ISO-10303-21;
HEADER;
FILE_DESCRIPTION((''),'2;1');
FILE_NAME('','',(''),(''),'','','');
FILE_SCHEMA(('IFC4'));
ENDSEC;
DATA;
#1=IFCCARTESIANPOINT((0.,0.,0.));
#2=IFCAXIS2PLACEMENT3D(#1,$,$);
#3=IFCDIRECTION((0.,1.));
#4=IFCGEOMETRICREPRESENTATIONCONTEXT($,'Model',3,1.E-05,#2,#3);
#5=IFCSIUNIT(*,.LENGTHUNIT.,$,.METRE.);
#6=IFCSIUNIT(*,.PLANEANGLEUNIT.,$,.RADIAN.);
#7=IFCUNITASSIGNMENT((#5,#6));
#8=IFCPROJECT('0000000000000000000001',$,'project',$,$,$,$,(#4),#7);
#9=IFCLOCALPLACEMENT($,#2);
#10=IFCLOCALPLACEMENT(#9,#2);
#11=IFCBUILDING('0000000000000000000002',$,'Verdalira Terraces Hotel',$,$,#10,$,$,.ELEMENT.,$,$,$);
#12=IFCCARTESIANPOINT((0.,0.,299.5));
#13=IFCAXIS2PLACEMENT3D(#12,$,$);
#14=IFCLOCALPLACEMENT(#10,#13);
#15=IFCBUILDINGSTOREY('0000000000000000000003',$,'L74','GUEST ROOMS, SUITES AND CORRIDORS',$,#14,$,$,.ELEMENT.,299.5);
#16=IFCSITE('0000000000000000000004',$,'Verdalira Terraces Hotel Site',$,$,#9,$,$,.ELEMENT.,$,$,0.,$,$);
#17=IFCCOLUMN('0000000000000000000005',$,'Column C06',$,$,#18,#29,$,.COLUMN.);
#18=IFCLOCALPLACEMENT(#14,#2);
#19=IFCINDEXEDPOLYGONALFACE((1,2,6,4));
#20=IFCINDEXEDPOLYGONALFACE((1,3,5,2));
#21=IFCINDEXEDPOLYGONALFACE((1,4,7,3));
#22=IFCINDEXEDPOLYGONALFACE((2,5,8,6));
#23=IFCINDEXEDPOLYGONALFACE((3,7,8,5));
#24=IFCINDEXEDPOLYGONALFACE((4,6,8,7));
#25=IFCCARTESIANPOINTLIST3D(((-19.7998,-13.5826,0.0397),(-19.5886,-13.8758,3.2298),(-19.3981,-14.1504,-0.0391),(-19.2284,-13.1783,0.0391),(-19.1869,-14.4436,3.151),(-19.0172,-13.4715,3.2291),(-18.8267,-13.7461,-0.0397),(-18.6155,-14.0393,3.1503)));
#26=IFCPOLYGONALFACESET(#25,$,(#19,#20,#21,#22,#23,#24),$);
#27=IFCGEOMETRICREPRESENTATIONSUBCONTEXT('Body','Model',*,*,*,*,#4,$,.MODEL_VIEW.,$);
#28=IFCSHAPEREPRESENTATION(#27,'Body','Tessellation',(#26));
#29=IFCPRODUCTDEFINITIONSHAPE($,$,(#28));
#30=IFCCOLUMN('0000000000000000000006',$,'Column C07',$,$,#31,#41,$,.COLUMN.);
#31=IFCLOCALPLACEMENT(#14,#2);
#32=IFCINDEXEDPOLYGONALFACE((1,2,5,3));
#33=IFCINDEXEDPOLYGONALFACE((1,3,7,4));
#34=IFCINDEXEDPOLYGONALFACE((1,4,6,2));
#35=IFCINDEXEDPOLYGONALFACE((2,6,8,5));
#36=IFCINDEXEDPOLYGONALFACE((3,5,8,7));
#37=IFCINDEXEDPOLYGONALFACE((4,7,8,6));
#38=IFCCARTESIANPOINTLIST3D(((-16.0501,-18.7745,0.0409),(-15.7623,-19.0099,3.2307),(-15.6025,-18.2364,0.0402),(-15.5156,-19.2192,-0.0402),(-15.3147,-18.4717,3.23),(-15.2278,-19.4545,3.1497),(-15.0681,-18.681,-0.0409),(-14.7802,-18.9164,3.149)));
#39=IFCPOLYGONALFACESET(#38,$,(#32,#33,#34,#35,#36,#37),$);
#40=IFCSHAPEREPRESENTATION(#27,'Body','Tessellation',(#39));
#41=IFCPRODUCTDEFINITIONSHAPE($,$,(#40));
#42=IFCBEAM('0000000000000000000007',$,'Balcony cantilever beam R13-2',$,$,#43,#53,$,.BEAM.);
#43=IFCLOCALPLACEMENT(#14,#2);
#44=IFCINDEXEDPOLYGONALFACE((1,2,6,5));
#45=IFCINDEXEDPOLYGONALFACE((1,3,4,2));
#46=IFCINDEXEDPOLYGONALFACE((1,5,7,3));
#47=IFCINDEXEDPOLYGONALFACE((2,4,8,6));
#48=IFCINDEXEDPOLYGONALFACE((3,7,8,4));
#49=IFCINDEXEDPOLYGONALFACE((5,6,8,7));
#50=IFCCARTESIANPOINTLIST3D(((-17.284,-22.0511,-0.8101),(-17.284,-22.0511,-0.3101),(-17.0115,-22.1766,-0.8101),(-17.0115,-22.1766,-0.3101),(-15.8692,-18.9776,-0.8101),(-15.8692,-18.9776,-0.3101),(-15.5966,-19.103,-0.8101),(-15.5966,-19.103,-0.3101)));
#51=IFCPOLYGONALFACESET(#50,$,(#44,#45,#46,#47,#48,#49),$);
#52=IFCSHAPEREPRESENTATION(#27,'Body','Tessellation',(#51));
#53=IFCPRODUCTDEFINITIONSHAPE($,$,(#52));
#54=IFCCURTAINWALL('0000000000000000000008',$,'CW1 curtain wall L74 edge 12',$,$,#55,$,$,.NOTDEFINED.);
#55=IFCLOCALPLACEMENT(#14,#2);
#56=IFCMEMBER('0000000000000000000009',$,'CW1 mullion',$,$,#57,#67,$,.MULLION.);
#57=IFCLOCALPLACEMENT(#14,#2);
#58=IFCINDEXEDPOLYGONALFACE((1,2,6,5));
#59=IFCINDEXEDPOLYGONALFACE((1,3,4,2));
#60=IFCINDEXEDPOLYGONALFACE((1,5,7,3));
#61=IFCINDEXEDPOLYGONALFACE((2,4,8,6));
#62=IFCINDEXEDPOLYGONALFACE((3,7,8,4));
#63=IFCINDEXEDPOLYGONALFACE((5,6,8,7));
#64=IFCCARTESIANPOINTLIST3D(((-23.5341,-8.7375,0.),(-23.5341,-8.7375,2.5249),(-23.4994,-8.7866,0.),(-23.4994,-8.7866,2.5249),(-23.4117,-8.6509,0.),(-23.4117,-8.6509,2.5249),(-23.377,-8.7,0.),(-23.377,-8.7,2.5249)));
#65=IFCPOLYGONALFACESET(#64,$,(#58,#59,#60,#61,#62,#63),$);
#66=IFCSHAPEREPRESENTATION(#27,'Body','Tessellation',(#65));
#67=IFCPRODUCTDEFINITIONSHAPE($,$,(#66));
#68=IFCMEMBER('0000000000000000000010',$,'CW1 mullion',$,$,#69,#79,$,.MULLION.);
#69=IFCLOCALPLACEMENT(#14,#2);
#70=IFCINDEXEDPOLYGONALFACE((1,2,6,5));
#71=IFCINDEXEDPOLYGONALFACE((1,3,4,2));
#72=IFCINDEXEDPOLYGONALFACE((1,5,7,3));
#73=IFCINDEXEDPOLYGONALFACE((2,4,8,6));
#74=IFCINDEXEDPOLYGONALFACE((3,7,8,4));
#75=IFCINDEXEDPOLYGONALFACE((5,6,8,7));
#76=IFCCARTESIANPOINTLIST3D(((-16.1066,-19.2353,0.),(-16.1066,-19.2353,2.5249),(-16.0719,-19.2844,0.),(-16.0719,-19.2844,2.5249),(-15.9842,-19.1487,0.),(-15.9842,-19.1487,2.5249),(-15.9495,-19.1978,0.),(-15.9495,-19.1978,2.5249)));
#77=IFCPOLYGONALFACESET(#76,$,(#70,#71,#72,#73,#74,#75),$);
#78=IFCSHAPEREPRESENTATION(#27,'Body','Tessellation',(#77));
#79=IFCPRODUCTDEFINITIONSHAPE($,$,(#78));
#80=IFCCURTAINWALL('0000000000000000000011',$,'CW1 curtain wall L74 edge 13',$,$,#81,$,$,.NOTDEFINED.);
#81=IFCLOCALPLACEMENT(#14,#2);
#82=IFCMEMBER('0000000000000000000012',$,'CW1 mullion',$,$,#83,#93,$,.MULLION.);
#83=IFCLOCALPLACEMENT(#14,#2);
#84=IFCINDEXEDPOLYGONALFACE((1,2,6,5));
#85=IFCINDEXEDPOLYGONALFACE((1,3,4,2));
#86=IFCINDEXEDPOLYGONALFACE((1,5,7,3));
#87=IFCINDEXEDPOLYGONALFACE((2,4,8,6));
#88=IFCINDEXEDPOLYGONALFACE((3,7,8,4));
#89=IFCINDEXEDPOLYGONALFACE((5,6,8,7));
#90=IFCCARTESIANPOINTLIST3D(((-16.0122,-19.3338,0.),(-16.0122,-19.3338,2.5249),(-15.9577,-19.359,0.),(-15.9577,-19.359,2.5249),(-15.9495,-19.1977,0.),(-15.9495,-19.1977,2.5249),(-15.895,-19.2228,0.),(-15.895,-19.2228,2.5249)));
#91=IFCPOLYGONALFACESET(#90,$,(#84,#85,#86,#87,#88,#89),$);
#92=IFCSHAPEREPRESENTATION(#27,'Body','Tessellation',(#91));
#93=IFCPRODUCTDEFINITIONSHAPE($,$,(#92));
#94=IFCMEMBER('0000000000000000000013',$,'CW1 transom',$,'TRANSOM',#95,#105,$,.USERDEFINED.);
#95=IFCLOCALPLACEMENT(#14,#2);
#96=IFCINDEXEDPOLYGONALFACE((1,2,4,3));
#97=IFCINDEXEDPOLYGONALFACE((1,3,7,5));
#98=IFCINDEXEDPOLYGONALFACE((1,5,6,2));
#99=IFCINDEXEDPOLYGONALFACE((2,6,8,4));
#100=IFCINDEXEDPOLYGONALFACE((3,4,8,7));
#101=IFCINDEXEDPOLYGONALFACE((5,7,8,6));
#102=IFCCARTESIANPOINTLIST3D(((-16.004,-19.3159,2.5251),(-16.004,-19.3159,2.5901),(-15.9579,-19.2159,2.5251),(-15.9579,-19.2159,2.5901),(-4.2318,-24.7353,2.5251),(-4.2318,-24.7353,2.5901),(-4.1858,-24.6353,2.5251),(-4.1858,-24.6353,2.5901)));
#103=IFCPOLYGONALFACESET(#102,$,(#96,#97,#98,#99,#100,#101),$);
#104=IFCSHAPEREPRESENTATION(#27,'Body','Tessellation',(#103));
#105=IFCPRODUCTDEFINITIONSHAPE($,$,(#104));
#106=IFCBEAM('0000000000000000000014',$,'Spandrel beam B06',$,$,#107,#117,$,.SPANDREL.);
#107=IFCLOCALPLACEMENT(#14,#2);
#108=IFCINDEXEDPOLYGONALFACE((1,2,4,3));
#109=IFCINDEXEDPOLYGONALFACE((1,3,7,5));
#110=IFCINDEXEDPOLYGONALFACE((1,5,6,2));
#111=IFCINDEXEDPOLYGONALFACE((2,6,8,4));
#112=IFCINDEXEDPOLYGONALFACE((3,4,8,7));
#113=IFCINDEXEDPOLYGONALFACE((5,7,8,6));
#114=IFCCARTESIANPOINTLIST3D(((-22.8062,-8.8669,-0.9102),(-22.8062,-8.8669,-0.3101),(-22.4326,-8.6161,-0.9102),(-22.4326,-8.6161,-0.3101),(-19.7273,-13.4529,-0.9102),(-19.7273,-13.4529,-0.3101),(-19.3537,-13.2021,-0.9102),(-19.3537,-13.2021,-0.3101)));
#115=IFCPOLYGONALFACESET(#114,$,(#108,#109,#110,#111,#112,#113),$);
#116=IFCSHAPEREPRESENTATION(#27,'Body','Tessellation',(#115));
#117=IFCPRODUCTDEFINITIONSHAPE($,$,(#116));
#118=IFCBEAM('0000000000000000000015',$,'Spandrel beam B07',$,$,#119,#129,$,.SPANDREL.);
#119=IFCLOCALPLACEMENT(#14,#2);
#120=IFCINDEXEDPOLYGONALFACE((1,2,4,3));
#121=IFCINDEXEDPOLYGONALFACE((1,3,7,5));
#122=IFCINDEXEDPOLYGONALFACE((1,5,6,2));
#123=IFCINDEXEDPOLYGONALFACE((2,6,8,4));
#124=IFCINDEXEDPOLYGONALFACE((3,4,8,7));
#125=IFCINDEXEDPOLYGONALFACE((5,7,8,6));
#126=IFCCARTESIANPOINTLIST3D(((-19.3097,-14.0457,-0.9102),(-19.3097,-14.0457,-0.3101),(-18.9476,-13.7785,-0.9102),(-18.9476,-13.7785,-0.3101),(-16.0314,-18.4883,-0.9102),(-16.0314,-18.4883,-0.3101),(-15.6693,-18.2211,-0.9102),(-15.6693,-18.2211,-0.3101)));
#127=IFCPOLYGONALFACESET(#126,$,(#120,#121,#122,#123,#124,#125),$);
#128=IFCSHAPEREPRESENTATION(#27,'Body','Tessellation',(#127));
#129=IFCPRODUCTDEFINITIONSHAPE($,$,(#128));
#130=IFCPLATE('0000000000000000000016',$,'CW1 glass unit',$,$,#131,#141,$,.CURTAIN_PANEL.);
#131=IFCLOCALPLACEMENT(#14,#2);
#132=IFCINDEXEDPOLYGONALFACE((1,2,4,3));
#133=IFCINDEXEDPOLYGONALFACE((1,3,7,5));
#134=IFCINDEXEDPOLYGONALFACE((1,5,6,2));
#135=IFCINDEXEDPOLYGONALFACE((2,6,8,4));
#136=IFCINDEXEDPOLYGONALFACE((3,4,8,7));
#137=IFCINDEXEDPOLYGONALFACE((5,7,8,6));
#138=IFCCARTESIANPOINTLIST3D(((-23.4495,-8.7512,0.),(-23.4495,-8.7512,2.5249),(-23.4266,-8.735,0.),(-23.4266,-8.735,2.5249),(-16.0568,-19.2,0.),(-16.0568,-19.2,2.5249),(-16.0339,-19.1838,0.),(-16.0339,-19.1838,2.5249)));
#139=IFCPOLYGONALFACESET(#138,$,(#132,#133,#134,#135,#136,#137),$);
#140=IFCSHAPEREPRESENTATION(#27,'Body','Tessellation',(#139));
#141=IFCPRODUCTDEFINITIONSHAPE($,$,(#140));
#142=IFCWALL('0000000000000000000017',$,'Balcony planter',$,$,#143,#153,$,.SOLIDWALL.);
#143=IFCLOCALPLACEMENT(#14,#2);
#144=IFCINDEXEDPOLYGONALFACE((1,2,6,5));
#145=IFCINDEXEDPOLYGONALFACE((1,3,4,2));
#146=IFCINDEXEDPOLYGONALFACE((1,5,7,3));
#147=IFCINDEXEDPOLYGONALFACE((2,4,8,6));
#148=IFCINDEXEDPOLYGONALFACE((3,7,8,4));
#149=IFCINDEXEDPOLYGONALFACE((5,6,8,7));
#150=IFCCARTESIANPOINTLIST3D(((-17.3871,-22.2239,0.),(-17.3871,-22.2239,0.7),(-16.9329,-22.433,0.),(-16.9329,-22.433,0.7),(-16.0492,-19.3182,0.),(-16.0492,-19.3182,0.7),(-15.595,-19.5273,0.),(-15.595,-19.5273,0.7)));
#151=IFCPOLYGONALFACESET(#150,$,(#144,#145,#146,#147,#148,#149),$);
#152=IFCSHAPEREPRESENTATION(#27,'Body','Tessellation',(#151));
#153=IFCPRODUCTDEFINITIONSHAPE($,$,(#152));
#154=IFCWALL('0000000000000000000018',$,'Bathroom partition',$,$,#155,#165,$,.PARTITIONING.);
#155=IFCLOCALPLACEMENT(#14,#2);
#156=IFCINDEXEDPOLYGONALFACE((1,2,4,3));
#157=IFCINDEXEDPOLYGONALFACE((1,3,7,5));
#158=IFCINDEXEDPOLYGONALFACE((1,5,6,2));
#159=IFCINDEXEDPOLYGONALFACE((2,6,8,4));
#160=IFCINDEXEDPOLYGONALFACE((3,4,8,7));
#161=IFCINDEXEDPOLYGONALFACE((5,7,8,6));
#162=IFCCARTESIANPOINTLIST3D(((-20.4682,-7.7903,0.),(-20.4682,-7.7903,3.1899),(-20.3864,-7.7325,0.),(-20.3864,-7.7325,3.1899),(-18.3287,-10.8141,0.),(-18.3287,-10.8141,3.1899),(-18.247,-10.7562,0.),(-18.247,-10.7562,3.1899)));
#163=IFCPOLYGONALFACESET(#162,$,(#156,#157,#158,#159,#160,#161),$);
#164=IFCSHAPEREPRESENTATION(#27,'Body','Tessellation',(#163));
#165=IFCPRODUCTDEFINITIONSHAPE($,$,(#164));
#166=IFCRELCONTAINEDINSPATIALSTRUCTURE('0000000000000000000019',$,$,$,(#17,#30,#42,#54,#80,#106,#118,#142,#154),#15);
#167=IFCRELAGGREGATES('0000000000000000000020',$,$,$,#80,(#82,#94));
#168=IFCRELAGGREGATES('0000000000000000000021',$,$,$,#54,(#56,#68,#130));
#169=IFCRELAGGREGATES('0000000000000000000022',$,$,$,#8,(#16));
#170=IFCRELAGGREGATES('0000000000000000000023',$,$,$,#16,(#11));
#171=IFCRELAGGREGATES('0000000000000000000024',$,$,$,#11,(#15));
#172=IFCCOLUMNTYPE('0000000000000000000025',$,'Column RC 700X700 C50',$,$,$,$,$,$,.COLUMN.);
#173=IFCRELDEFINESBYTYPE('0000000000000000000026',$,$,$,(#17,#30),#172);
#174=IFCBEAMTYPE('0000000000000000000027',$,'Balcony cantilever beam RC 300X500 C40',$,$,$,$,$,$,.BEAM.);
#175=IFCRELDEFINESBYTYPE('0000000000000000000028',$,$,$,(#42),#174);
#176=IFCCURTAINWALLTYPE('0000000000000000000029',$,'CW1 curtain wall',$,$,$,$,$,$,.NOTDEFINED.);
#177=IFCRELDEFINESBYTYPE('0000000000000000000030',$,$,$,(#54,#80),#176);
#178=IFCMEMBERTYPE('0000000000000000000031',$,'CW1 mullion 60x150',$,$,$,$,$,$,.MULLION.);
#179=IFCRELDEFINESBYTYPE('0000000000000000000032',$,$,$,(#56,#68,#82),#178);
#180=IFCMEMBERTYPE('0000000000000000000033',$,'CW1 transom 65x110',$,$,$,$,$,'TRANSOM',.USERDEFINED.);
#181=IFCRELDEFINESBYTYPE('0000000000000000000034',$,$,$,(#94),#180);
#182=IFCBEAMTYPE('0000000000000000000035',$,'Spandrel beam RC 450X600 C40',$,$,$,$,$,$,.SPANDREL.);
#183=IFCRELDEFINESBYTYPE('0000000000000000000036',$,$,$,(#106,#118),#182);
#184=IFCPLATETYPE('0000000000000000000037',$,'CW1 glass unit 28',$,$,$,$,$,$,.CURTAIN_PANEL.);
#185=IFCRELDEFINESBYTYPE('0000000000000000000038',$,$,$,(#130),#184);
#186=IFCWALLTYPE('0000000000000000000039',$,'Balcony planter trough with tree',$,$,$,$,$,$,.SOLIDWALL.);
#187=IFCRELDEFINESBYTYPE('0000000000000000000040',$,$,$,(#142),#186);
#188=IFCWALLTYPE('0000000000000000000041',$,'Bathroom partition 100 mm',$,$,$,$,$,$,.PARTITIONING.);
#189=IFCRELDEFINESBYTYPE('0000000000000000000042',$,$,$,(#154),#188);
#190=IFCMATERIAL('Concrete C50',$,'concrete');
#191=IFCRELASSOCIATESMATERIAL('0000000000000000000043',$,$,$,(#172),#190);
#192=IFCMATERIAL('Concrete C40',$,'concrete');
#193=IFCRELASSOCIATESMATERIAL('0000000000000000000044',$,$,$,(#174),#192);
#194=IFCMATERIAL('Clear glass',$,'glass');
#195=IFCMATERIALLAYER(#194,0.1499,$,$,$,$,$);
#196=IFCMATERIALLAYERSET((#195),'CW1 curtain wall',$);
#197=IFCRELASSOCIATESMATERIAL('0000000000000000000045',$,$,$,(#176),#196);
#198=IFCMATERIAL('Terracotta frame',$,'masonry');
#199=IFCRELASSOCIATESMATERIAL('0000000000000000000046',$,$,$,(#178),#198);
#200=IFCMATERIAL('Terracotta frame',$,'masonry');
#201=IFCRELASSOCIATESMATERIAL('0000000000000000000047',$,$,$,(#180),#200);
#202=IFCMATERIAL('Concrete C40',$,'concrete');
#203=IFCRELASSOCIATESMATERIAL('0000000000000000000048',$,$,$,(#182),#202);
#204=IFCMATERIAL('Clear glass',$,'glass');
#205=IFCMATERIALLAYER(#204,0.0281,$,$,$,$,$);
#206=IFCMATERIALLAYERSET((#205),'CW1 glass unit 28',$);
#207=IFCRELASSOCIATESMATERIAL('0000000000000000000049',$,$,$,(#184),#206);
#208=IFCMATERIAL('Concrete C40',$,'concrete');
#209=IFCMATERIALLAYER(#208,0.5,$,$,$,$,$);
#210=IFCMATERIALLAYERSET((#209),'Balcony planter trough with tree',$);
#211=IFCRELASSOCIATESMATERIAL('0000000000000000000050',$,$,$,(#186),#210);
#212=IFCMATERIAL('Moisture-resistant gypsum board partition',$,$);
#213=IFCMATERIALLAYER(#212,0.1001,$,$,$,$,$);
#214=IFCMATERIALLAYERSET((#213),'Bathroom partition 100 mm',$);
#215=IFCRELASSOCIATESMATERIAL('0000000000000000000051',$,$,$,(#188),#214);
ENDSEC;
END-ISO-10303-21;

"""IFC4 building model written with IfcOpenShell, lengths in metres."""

from ifc_helpers import new_model, si_unit, direction, frame, frame_2d, origin, origin_2d, place, context, subcontext, project, spatial, rectangle, extrude, material, layer, layer_set, material_profile, profile_set, type_object, element, aggregate, save


model = new_model("IFC4")

# Units and contexts
model_context = context("Model", 3, precision=1e-05, world=origin(), true_north=direction((0.0, 1.0)))
body_context = subcontext(model_context, "Body", "Model", "MODEL_VIEW")
ifc_project = project(units=[si_unit("LENGTHUNIT", "METRE"), si_unit("PLANEANGLEUNIT", "RADIAN")], contexts=[model_context])

# Site, building, storey
site_placement = place(None, origin())
site = spatial("IfcSite", under=ifc_project, at=site_placement, Name="Verdalira Terraces Hotel Site", CompositionType="ELEMENT", RefElevation=0.0)
building_placement = place(site_placement, origin())
building = spatial("IfcBuilding", under=site, at=building_placement, Name="Verdalira Terraces Hotel", CompositionType="ELEMENT")
storey_placement = place(building_placement, frame((0.0, 0.0, 299.5)))
storey = spatial("IfcBuildingStorey", under=building, at=storey_placement, Name="L74", Description="GUEST ROOMS, SUITES AND CORRIDORS", CompositionType="ELEMENT", Elevation=299.5)

# Columns
ifc_material_1 = material(Name="Concrete C50", Category="concrete")
ifc_material_profile_1 = material_profile(ifc_material_1, rectangle(XDim=0.7, YDim=0.7, at=origin_2d()), Name="RC 700X700")
ifc_profile_set_1 = profile_set([ifc_material_profile_1], Name="Concrete C50")
column_type = type_object("IfcColumnType", Name="Column RC 700X700 C50", PredefinedType="COLUMN", material=ifc_profile_set_1)
column_1_placement = place(storey_placement, frame((-19.3132, -13.6643, 0.0), z_axis=(0.065782, -0.091334, 0.993645), x_axis=(0.573853, -0.811187, -0.112553)))
element("IfcColumn", 1, at=column_1_placement, inside=storey, type_object=column_type, Name="Column C06", PredefinedType="COLUMN", context=body_context, shape_type="SweptSolid", body=[
    extrude(rectangle(XDim=0.7, YDim=0.7, at=origin_2d()), origin(), (0.0, 0.0, 1.0), 3.2104),
])
column_2_placement = place(storey_placement, frame((-15.5591, -18.7278, 0.0), z_axis=(0.089627, -0.073283, 0.993276), x_axis=(-0.763591, 0.635237, 0.115769)))
element("IfcColumn", 2, at=column_2_placement, inside=storey, type_object=column_type, Name="Column C07", PredefinedType="COLUMN", context=body_context, shape_type="SweptSolid", body=[
    extrude(rectangle(XDim=0.7, YDim=0.7, at=origin_2d()), origin(), (0.0, 0.0, 1.0), 3.2114),
])

# Beam
ifc_material_2 = material(Name="Concrete C40", Category="concrete")
ifc_material_profile_2 = material_profile(ifc_material_2, rectangle(XDim=0.3, YDim=0.5, at=origin_2d()), Name="RC 300X500")
ifc_profile_set_2 = profile_set([ifc_material_profile_2], Name="Concrete C40")
beam_type_1 = type_object("IfcBeamType", Name="Balcony cantilever beam RC 300X500 C40", PredefinedType="BEAM", material=ifc_profile_set_2)
beam_1_placement = place(storey_placement, frame((-15.7329, -19.0403, -0.5601), z_axis=(-0.418147, -0.908379, 0.0), x_axis=(0.908379, -0.418147, 0.0)))
element("IfcBeam", 3, at=beam_1_placement, inside=storey, type_object=beam_type_1, Name="Balcony cantilever beam R13-2", PredefinedType="BEAM", context=body_context, shape_type="SweptSolid", body=[
    extrude(rectangle(XDim=0.3, YDim=0.5, at=origin_2d()), origin(), (0.0, 0.0, 1.0), 3.3835),
])

# Curtain walls, members
ifc_material_3 = material(Name="Clear glass", Category="glass")
ifc_layer_1 = layer(ifc_material_3, 0.1499)
ifc_layer_set_1 = layer_set([ifc_layer_1], Name="CW1 curtain wall")
curtain_wall_type = type_object("IfcCurtainWallType", Name="CW1 curtain wall", PredefinedType="NOTDEFINED", material=ifc_layer_set_1)
curtain_wall_1_placement = place(storey_placement, origin())
curtain_wall_1 = element("IfcCurtainWall", 4, at=curtain_wall_1_placement, inside=storey, type_object=curtain_wall_type, Name="CW1 curtain wall L74 edge 12", PredefinedType="NOTDEFINED")
ifc_material_4 = material(Name="Terracotta frame", Category="masonry")
ifc_material_profile_3 = material_profile(ifc_material_4, rectangle(XDim=0.0601, YDim=0.1499, at=origin_2d()), Name="MU 60x150")
ifc_profile_set_3 = profile_set([ifc_material_profile_3], Name="Terracotta frame")
member_type_1 = type_object("IfcMemberType", Name="CW1 mullion 60x150", PredefinedType="MULLION", material=ifc_profile_set_3)
member_1_placement = place(storey_placement, frame((-23.4556, -8.7188, 0.0), z_axis=(0.0, 0.0, 1.0), x_axis=(0.577573, -0.816339, 0.0)))
member_1 = element("IfcMember", 5, at=member_1_placement, type_object=member_type_1, Name="CW1 mullion", PredefinedType="MULLION", context=body_context, shape_type="SweptSolid", body=[
    extrude(rectangle(XDim=0.0601, YDim=0.1499, at=origin_2d()), origin(), (0.0, 0.0, 1.0), 2.5249),
])
member_2_placement = place(storey_placement, frame((-16.0281, -19.2166, 0.0), z_axis=(0.0, 0.0, 1.0), x_axis=(0.577573, -0.816339, 0.0)))
member_2 = element("IfcMember", 6, at=member_2_placement, type_object=member_type_1, Name="CW1 mullion", PredefinedType="MULLION", context=body_context, shape_type="SweptSolid", body=[
    extrude(rectangle(XDim=0.0601, YDim=0.1499, at=origin_2d()), origin(), (0.0, 0.0, 1.0), 2.5249),
])
curtain_wall_2_placement = place(storey_placement, origin())
curtain_wall_2 = element("IfcCurtainWall", 7, at=curtain_wall_2_placement, inside=storey, type_object=curtain_wall_type, Name="CW1 curtain wall L74 edge 13", PredefinedType="NOTDEFINED")
member_3_placement = place(storey_placement, frame((-15.9536, -19.2783, 0.0), z_axis=(0.0, 0.0, 1.0), x_axis=(0.908362, -0.418184, 0.0)))
member_3 = element("IfcMember", 8, at=member_3_placement, type_object=member_type_1, Name="CW1 mullion", PredefinedType="MULLION", context=body_context, shape_type="SweptSolid", body=[
    extrude(rectangle(XDim=0.0601, YDim=0.1499, at=origin_2d()), origin(), (0.0, 0.0, 1.0), 2.5249),
])
ifc_material_5 = material(Name="Terracotta frame", Category="masonry")
ifc_material_profile_4 = material_profile(ifc_material_5, rectangle(XDim=0.1101, YDim=0.0649, at=origin_2d()), Name="TR 65x110")
ifc_profile_set_4 = profile_set([ifc_material_profile_4], Name="Terracotta frame")
member_type_2 = type_object("IfcMemberType", Name="CW1 transom 65x110", ElementType="TRANSOM", PredefinedType="USERDEFINED", material=ifc_profile_set_4)
member_4_placement = place(storey_placement, frame((-15.981, -19.2659, 2.5576), z_axis=(0.908367, -0.418174, 0.0), x_axis=(0.418174, 0.908367, 0.0)))
member_4 = element("IfcMember", 9, at=member_4_placement, type_object=member_type_2, Name="CW1 transom", ObjectType="TRANSOM", PredefinedType="USERDEFINED", context=body_context, shape_type="SweptSolid", body=[
    extrude(rectangle(XDim=0.1101, YDim=0.0649, at=origin_2d()), origin(), (0.0, 0.0, 1.0), 12.9597),
])
aggregate(curtain_wall_2, [member_3, member_4])

# Beams
ifc_material_6 = material(Name="Concrete C40", Category="concrete")
ifc_material_profile_5 = material_profile(ifc_material_6, rectangle(XDim=0.45, YDim=0.6001, at=origin_2d()), Name="RC 450X600")
ifc_profile_set_5 = profile_set([ifc_material_profile_5], Name="Concrete C40")
beam_type_2 = type_object("IfcBeamType", Name="Spandrel beam RC 450X600 C40", PredefinedType="SPANDREL", material=ifc_profile_set_5)
beam_2_placement = place(storey_placement, frame((-22.6194, -8.7415, -0.6101), z_axis=(0.5574, -0.830244, 0.0), x_axis=(0.830244, 0.5574, 0.0)))
element("IfcBeam", 10, at=beam_2_placement, inside=storey, type_object=beam_type_2, Name="Spandrel beam B06", PredefinedType="SPANDREL", context=body_context, shape_type="SweptSolid", body=[
    extrude(rectangle(XDim=0.45, YDim=0.6001, at=origin_2d()), origin(), (0.0, 0.0, 1.0), 5.5237),
])
beam_3_placement = place(storey_placement, frame((-19.1287, -13.9121, -0.6101), z_axis=(0.593763, -0.80464, 0.0), x_axis=(0.80464, 0.593763, 0.0)))
element("IfcBeam", 11, at=beam_3_placement, inside=storey, type_object=beam_type_2, Name="Spandrel beam B07", PredefinedType="SPANDREL", context=body_context, shape_type="SweptSolid", body=[
    extrude(rectangle(XDim=0.45, YDim=0.6001, at=origin_2d()), origin(), (0.0, 0.0, 1.0), 5.5212),
])

# Plate
ifc_material_7 = material(Name="Clear glass", Category="glass")
ifc_layer_2 = layer(ifc_material_7, 0.0281)
ifc_layer_set_2 = layer_set([ifc_layer_2], Name="CW1 glass unit 28")
plate_type = type_object("IfcPlateType", Name="CW1 glass unit 28", PredefinedType="CURTAIN_PANEL", material=ifc_layer_set_2)
plate_placement = place(storey_placement, frame((-19.7417, -13.9675, 0.0), z_axis=(0.0, 0.0, 1.0), x_axis=(0.577573, -0.816339, 0.0)))
plate = element("IfcPlate", 12, at=plate_placement, type_object=plate_type, Name="CW1 glass unit", PredefinedType="CURTAIN_PANEL", context=body_context, shape_type="SweptSolid", body=[
    extrude(rectangle(XDim=12.7996, YDim=0.0281, at=origin_2d()), origin(), (0.0, 0.0, 1.0), 2.5249),
])
aggregate(curtain_wall_1, [member_1, member_2, plate])

# Walls
ifc_material_8 = material(Name="Concrete C40", Category="concrete")
ifc_layer_3 = layer(ifc_material_8, 0.5)
ifc_layer_set_3 = layer_set([ifc_layer_3], Name="Balcony planter trough with tree")
wall_type_1 = type_object("IfcWallType", Name="Balcony planter trough with tree", PredefinedType="SOLIDWALL", material=ifc_layer_set_3)
wall_1_placement = place(storey_placement, frame((-15.822, -19.4226, 0.0), z_axis=(0.0, 0.0, 1.0), x_axis=(-0.418226, -0.908343, 0.0)))
element("IfcWall", 13, at=wall_1_placement, inside=storey, type_object=wall_type_1, Name="Balcony planter", PredefinedType="SOLIDWALL", context=body_context, shape_type="SweptSolid", body=[
    extrude(rectangle(XDim=3.199, YDim=0.5, at=frame_2d((1.5996, 0.0))), origin(), (0.0, 0.0, 1.0), 0.7),
])
ifc_material_9 = material(Name="Moisture-resistant gypsum board partition")
ifc_layer_4 = layer(ifc_material_9, 0.1001)
ifc_layer_set_4 = layer_set([ifc_layer_4], Name="Bathroom partition 100 mm")
wall_type_2 = type_object("IfcWallType", Name="Bathroom partition 100 mm", PredefinedType="PARTITIONING", material=ifc_layer_set_4)
wall_2_placement = place(storey_placement, frame((-18.2878, -10.7852, 0.0), z_axis=(0.0, 0.0, 1.0), x_axis=(-0.577591, 0.816326, 0.0)))
element("IfcWall", 14, at=wall_2_placement, inside=storey, type_object=wall_type_2, Name="Bathroom partition", PredefinedType="PARTITIONING", context=body_context, shape_type="SweptSolid", body=[
    extrude(rectangle(XDim=3.7041, YDim=0.1001, at=frame_2d((1.8521, 0.0))), origin(), (0.0, 0.0, 1.0), 3.1899),
])

save(model, "model.ifc")
